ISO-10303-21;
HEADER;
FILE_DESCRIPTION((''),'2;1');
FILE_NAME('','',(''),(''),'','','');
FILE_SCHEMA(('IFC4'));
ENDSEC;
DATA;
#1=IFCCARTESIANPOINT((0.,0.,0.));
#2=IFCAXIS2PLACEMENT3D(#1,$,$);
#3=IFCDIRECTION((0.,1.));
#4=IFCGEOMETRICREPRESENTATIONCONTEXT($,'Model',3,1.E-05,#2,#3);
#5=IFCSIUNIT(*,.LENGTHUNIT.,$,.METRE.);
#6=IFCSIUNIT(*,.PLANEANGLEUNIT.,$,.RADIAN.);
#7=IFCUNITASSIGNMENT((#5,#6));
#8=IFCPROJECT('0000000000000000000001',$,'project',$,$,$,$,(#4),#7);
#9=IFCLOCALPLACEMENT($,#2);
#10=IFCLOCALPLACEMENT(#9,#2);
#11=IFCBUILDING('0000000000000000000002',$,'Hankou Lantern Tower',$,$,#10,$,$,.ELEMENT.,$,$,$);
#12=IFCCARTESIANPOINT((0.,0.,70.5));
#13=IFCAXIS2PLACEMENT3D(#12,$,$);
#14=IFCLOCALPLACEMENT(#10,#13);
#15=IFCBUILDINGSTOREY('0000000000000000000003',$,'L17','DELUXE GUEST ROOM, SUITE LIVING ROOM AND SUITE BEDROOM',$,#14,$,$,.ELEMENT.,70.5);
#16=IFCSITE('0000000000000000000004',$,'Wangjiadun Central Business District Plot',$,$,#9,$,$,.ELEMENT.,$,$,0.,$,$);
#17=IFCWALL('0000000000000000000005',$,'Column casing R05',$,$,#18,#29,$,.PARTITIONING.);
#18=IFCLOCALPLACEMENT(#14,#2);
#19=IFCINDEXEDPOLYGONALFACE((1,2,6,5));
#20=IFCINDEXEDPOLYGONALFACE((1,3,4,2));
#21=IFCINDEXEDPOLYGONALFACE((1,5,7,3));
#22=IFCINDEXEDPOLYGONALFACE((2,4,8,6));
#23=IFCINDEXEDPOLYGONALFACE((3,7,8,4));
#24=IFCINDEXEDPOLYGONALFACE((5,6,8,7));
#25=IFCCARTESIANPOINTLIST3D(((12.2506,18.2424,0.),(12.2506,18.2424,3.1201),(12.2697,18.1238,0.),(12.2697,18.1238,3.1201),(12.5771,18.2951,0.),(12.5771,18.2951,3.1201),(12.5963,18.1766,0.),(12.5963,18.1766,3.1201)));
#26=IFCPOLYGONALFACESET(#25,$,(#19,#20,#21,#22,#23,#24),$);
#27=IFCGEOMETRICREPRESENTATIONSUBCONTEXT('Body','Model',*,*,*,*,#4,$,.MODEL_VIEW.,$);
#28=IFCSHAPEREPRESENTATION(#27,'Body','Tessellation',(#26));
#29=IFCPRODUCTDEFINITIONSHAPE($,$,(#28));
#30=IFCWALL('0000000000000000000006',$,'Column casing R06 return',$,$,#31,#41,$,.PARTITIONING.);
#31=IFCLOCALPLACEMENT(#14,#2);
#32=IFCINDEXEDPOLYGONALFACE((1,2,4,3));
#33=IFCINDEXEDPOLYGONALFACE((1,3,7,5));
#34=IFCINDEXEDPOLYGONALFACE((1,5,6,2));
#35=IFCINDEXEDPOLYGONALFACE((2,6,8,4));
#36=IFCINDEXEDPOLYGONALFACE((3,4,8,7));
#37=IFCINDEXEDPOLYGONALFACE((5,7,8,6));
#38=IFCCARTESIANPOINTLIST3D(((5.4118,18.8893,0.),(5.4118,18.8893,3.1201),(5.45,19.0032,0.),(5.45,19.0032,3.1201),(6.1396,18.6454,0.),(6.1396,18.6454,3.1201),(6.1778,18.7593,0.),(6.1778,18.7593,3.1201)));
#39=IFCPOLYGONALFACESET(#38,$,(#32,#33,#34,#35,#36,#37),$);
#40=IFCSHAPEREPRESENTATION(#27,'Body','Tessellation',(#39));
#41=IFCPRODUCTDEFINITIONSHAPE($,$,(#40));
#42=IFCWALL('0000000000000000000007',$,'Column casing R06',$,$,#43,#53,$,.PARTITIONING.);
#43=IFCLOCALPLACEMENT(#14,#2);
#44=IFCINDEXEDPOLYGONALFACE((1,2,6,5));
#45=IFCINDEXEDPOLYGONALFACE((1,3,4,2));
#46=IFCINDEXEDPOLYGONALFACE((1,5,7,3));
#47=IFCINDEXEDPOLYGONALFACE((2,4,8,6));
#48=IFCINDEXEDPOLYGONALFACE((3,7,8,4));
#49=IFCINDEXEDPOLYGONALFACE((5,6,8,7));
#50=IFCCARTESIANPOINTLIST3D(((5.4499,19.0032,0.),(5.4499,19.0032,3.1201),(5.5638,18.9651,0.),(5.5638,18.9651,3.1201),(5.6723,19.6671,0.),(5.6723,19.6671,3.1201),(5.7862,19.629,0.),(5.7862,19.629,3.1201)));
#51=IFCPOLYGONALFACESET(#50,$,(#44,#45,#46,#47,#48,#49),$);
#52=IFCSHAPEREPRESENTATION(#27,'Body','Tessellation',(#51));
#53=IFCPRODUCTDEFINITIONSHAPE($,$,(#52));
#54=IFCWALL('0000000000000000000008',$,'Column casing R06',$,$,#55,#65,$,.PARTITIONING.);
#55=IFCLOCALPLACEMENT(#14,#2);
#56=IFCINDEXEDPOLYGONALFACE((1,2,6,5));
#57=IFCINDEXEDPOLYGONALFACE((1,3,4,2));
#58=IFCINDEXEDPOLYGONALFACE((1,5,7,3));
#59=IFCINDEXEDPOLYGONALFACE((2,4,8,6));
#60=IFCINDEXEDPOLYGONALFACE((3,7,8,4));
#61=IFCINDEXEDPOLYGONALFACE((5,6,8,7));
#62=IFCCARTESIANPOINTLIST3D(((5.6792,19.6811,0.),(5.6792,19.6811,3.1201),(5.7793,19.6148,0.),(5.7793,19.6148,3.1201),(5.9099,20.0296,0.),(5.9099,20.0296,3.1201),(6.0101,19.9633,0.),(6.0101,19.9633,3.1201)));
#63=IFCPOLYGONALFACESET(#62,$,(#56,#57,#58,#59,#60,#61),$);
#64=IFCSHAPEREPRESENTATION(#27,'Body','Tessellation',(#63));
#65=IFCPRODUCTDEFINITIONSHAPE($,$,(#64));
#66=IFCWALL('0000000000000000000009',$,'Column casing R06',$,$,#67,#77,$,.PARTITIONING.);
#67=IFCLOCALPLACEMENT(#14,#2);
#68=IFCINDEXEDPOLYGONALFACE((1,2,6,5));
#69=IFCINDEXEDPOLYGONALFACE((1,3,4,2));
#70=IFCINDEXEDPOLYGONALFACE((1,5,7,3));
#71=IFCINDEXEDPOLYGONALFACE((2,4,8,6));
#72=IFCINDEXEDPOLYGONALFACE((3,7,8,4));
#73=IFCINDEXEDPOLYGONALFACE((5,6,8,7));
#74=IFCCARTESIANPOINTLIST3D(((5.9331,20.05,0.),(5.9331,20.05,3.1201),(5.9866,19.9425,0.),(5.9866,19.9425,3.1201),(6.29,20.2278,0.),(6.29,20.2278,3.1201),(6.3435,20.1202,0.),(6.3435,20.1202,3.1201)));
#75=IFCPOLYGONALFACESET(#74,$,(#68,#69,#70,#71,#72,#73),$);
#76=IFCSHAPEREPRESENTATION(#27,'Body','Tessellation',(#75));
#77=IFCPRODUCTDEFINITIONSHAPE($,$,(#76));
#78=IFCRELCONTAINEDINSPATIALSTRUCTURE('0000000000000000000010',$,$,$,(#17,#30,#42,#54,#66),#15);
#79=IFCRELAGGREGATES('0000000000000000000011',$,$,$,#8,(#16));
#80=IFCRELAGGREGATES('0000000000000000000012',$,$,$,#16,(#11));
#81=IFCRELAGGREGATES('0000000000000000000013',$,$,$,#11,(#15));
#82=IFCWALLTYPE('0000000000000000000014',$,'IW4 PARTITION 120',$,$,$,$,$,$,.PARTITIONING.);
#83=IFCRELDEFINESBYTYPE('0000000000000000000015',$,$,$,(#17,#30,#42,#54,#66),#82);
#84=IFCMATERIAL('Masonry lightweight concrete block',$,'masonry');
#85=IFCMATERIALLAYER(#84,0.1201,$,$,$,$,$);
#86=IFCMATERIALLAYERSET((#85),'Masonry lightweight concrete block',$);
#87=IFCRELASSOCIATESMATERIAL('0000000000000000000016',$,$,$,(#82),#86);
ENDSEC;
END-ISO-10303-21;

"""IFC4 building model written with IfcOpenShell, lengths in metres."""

from ifc_helpers import new_model, si_unit, direction, frame, frame_2d, origin, place, context, subcontext, project, spatial, rectangle, extrude, material, layer, layer_set, type_object, element, save


model = new_model("IFC4")

# Units and contexts
model_context = context("Model", 3, precision=1e-05, world=origin(), true_north=direction((0.0, 1.0)))
body_context = subcontext(model_context, "Body", "Model", "MODEL_VIEW")
ifc_project = project(units=[si_unit("LENGTHUNIT", "METRE"), si_unit("PLANEANGLEUNIT", "RADIAN")], contexts=[model_context])

# Site, building, storey
site_placement = place(None, origin())
site = spatial("IfcSite", under=ifc_project, at=site_placement, Name="Wangjiadun Central Business District Plot", CompositionType="ELEMENT", RefElevation=0.0)
building_placement = place(site_placement, origin())
building = spatial("IfcBuilding", under=site, at=building_placement, Name="Hankou Lantern Tower", CompositionType="ELEMENT")
storey_placement = place(building_placement, frame((0.0, 0.0, 70.5)))
storey = spatial("IfcBuildingStorey", under=building, at=storey_placement, Name="L17", Description="DELUXE GUEST ROOM, SUITE LIVING ROOM AND SUITE BEDROOM", CompositionType="ELEMENT", Elevation=70.5)

# Walls
ifc_material_1 = material(Name="Masonry lightweight concrete block", Category="masonry")
ifc_layer_1 = layer(ifc_material_1, 0.1201)
ifc_layer_set_1 = layer_set([ifc_layer_1], Name="Masonry lightweight concrete block")
wall_type_1 = type_object("IfcWallType", Name="IW4 PARTITION 120", PredefinedType="PARTITIONING", material=ifc_layer_set_1)
wall_1_placement = place(storey_placement, frame((12.26, 18.1831, 0.0), z_axis=(0.0, 0.0, 1.0), x_axis=(0.987219, 0.159372, 0.0)))
element("IfcWall", 1, at=wall_1_placement, inside=storey, type_object=wall_type_1, Name="Column casing R05", PredefinedType="PARTITIONING", context=body_context, shape_type="SweptSolid", body=[
    extrude(rectangle(XDim=0.3308, YDim=0.1201, at=frame_2d((0.1655, 0.0))), origin(), (0.0, 0.0, 1.0), 3.1201),
])
wall_2_placement = place(storey_placement, frame((6.1587, 18.7024, 0.0), z_axis=(0.0, 0.0, 1.0), x_axis=(-0.948173, 0.317754, 0.0)))
element("IfcWall", 2, at=wall_2_placement, inside=storey, type_object=wall_type_1, Name="Column casing R06 return", PredefinedType="PARTITIONING", context=body_context, shape_type="SweptSolid", body=[
    extrude(rectangle(XDim=0.7676, YDim=0.1201, at=frame_2d((0.3838, 0.0))), origin(), (0.0, 0.0, 1.0), 3.1201),
])
wall_3_placement = place(storey_placement, frame((5.5068, 18.9841, 0.0), z_axis=(0.0, 0.0, 1.0), x_axis=(0.317692, 0.948194, 0.0)))
element("IfcWall", 3, at=wall_3_placement, inside=storey, type_object=wall_type_1, Name="Column casing R06", PredefinedType="PARTITIONING", context=body_context, shape_type="SweptSolid", body=[
    extrude(rectangle(XDim=0.7002, YDim=0.1201, at=frame_2d((0.3501, 0.0))), origin(), (0.0, 0.0, 1.0), 3.1201),
])
wall_4_placement = place(storey_placement, frame((5.7292, 19.6479, 0.0), z_axis=(0.0, 0.0, 1.0), x_axis=(0.552136, 0.833754, 0.0)))
element("IfcWall", 4, at=wall_4_placement, inside=storey, type_object=wall_type_1, Name="Column casing R06", PredefinedType="PARTITIONING", context=body_context, shape_type="SweptSolid", body=[
    extrude(rectangle(XDim=0.418, YDim=0.1201, at=frame_2d((0.209, 0.0))), origin(), (0.0, 0.0, 1.0), 3.1201),
])
wall_5_placement = place(storey_placement, frame((5.96, 19.9963, 0.0), z_axis=(0.0, 0.0, 1.0), x_axis=(0.895161, 0.445744, 0.0)))
element("IfcWall", 5, at=wall_5_placement, inside=storey, type_object=wall_type_1, Name="Column casing R06", PredefinedType="PARTITIONING", context=body_context, shape_type="SweptSolid", body=[
    extrude(rectangle(XDim=0.3987, YDim=0.1201, at=frame_2d((0.1992, 0.0))), origin(), (0.0, 0.0, 1.0), 3.1201),
])

save(model, "model.ifc")
